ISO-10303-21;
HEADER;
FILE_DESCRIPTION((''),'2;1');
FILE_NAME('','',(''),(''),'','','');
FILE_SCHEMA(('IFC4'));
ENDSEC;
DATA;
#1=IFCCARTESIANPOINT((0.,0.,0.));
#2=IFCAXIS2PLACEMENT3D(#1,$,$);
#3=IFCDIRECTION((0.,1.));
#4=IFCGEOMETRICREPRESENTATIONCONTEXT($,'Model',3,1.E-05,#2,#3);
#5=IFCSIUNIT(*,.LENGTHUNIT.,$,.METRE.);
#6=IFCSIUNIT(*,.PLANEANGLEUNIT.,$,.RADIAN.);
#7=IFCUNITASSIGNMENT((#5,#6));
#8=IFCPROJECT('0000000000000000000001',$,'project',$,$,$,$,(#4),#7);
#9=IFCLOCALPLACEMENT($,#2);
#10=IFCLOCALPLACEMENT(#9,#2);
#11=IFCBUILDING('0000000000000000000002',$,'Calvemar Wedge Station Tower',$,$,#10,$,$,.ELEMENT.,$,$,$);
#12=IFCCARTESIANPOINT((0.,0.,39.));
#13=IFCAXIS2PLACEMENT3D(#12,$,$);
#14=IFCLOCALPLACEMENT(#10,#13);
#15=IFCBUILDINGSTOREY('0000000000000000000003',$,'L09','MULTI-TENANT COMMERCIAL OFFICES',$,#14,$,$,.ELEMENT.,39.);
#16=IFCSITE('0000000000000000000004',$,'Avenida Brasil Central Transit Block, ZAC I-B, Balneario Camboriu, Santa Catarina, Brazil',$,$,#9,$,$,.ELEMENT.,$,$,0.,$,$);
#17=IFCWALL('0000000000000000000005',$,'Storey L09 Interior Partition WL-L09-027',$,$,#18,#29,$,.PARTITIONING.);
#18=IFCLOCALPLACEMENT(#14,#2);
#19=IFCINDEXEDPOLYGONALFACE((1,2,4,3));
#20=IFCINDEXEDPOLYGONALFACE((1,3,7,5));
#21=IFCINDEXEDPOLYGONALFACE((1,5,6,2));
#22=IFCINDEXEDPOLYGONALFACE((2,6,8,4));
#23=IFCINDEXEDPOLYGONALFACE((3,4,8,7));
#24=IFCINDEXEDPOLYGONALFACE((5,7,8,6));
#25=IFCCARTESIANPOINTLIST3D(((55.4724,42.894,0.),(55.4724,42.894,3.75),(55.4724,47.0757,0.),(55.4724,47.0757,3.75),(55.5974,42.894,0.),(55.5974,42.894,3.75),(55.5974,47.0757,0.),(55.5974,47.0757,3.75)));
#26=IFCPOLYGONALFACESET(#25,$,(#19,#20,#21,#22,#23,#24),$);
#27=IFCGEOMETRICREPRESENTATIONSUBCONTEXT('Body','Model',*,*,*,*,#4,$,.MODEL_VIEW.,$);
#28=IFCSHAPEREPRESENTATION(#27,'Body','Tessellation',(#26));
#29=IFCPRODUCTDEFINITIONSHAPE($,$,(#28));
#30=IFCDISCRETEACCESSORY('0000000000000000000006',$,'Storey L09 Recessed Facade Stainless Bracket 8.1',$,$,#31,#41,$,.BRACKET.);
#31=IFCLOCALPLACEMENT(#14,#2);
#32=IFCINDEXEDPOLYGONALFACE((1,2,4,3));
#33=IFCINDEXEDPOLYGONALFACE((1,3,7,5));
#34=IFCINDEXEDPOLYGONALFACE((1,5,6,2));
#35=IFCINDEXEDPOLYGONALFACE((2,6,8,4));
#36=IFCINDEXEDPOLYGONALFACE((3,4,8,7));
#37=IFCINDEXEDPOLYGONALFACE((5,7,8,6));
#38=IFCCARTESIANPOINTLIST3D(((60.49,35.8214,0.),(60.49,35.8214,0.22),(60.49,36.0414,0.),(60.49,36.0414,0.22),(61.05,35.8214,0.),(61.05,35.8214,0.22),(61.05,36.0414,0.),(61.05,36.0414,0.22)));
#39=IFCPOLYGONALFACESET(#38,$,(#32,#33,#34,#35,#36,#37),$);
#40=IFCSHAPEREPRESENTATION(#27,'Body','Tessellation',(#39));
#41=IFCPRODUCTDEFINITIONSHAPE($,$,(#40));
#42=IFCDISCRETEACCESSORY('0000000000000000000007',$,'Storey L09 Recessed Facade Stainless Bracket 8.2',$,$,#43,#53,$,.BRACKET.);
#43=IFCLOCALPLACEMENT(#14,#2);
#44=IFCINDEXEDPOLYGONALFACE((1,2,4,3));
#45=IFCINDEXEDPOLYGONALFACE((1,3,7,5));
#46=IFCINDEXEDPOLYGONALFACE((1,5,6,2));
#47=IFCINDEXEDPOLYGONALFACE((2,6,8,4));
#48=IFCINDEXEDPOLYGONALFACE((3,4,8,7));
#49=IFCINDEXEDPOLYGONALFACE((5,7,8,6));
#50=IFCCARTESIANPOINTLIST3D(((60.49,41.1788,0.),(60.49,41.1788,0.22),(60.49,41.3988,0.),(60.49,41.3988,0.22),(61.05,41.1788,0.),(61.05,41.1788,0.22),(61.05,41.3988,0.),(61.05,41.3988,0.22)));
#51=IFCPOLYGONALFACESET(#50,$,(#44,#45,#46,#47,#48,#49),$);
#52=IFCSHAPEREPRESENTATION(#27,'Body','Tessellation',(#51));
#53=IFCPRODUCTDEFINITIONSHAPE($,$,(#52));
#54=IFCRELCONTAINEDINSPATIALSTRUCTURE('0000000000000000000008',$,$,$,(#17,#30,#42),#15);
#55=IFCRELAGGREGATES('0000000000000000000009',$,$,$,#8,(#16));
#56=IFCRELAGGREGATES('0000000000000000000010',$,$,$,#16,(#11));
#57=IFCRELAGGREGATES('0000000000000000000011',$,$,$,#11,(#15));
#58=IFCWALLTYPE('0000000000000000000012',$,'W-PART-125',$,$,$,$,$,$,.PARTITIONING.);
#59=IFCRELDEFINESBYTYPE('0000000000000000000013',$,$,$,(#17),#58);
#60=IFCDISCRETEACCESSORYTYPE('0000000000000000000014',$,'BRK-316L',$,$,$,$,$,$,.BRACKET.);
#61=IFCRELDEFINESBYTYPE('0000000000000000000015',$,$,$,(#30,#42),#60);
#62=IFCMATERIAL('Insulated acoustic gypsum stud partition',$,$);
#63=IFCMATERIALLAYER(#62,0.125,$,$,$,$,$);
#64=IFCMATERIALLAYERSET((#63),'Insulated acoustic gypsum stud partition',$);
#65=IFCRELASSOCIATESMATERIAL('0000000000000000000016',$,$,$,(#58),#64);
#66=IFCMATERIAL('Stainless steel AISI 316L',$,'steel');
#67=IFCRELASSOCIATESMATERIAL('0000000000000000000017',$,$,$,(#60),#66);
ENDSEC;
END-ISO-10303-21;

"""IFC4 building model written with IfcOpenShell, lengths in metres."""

from ifc_helpers import new_model, si_unit, direction, frame, frame_2d, origin, origin_2d, place, context, subcontext, project, spatial, rectangle, extrude, source, transform, mapped, material, layer, layer_set, type_object, element, save


model = new_model("IFC4")

# Units and contexts
model_context = context("Model", 3, precision=1e-05, world=origin(), true_north=direction((0.0, 1.0)))
body_context = subcontext(model_context, "Body", "Model", "MODEL_VIEW")
ifc_project = project(units=[si_unit("LENGTHUNIT", "METRE"), si_unit("PLANEANGLEUNIT", "RADIAN")], contexts=[model_context])

# Site, building, storey
site_placement = place(None, origin())
site = spatial("IfcSite", under=ifc_project, at=site_placement, Name="Avenida Brasil Central Transit Block, ZAC I-B, Balneario Camboriu, Santa Catarina, Brazil", CompositionType="ELEMENT", RefElevation=0.0)
building_placement = place(site_placement, origin())
building = spatial("IfcBuilding", under=site, at=building_placement, Name="Calvemar Wedge Station Tower", CompositionType="ELEMENT")
storey_placement = place(building_placement, frame((0.0, 0.0, 39.0)))
storey = spatial("IfcBuildingStorey", under=building, at=storey_placement, Name="L09", Description="MULTI-TENANT COMMERCIAL OFFICES", CompositionType="ELEMENT", Elevation=39.0)

# Wall
ifc_material_1 = material(Name="Insulated acoustic gypsum stud partition")
ifc_layer_1 = layer(ifc_material_1, 0.125)
ifc_layer_set_1 = layer_set([ifc_layer_1], Name="Insulated acoustic gypsum stud partition")
wall_type_1 = type_object("IfcWallType", Name="W-PART-125", PredefinedType="PARTITIONING", material=ifc_layer_set_1)
wall_1_placement = place(storey_placement, frame((55.5349, 47.0757, 0.0), z_axis=(0.0, 0.0, 1.0), x_axis=(0.0, -1.0, 0.0)))
element("IfcWall", 1, at=wall_1_placement, inside=storey, type_object=wall_type_1, Name="Storey L09 Interior Partition WL-L09-027", PredefinedType="PARTITIONING", context=body_context, shape_type="SweptSolid", body=[
    extrude(rectangle(XDim=4.1816, YDim=0.125, at=frame_2d((2.0908, 0.0))), origin(), (0.0, 0.0, 1.0), 3.75),
])

# Discrete accessories
ifc_material_2 = material(Name="Stainless steel AISI 316L", Category="steel")
discrete_accessory_type = type_object("IfcDiscreteAccessoryType", Name="BRK-316L", PredefinedType="BRACKET", material=ifc_material_2)
shared_shape_1 = source(origin(), body_context, "Body", "SweptSolid", [
    extrude(rectangle(XDim=0.22, YDim=0.5601, at=origin_2d()), origin(), (0.0, 0.0, 1.0), 0.22),
])
for number, where, z_axis, x_axis, name in (
    (2, (60.77, 35.9314, 0.0), (0.0, 0.0, 1.0), (0.0, 1.0, 0.0), "Storey L09 Recessed Facade Stainless Bracket 8.1"),
    (3, (60.77, 41.2888, 0.0), (0.0, 0.0, 1.0), (0.0, 1.0, 0.0), "Storey L09 Recessed Facade Stainless Bracket 8.2"),
):
    element("IfcDiscreteAccessory", number, at=place(storey_placement, frame(where, z_axis=z_axis, x_axis=x_axis)), inside=storey, type_object=discrete_accessory_type, Name=name, PredefinedType="BRACKET", context=body_context, shape_type="MappedRepresentation", body=[
        mapped(shared_shape_1, transform((0.0, 0.0, 0.0), scale=1.0)),
    ])

save(model, "model.ifc")
